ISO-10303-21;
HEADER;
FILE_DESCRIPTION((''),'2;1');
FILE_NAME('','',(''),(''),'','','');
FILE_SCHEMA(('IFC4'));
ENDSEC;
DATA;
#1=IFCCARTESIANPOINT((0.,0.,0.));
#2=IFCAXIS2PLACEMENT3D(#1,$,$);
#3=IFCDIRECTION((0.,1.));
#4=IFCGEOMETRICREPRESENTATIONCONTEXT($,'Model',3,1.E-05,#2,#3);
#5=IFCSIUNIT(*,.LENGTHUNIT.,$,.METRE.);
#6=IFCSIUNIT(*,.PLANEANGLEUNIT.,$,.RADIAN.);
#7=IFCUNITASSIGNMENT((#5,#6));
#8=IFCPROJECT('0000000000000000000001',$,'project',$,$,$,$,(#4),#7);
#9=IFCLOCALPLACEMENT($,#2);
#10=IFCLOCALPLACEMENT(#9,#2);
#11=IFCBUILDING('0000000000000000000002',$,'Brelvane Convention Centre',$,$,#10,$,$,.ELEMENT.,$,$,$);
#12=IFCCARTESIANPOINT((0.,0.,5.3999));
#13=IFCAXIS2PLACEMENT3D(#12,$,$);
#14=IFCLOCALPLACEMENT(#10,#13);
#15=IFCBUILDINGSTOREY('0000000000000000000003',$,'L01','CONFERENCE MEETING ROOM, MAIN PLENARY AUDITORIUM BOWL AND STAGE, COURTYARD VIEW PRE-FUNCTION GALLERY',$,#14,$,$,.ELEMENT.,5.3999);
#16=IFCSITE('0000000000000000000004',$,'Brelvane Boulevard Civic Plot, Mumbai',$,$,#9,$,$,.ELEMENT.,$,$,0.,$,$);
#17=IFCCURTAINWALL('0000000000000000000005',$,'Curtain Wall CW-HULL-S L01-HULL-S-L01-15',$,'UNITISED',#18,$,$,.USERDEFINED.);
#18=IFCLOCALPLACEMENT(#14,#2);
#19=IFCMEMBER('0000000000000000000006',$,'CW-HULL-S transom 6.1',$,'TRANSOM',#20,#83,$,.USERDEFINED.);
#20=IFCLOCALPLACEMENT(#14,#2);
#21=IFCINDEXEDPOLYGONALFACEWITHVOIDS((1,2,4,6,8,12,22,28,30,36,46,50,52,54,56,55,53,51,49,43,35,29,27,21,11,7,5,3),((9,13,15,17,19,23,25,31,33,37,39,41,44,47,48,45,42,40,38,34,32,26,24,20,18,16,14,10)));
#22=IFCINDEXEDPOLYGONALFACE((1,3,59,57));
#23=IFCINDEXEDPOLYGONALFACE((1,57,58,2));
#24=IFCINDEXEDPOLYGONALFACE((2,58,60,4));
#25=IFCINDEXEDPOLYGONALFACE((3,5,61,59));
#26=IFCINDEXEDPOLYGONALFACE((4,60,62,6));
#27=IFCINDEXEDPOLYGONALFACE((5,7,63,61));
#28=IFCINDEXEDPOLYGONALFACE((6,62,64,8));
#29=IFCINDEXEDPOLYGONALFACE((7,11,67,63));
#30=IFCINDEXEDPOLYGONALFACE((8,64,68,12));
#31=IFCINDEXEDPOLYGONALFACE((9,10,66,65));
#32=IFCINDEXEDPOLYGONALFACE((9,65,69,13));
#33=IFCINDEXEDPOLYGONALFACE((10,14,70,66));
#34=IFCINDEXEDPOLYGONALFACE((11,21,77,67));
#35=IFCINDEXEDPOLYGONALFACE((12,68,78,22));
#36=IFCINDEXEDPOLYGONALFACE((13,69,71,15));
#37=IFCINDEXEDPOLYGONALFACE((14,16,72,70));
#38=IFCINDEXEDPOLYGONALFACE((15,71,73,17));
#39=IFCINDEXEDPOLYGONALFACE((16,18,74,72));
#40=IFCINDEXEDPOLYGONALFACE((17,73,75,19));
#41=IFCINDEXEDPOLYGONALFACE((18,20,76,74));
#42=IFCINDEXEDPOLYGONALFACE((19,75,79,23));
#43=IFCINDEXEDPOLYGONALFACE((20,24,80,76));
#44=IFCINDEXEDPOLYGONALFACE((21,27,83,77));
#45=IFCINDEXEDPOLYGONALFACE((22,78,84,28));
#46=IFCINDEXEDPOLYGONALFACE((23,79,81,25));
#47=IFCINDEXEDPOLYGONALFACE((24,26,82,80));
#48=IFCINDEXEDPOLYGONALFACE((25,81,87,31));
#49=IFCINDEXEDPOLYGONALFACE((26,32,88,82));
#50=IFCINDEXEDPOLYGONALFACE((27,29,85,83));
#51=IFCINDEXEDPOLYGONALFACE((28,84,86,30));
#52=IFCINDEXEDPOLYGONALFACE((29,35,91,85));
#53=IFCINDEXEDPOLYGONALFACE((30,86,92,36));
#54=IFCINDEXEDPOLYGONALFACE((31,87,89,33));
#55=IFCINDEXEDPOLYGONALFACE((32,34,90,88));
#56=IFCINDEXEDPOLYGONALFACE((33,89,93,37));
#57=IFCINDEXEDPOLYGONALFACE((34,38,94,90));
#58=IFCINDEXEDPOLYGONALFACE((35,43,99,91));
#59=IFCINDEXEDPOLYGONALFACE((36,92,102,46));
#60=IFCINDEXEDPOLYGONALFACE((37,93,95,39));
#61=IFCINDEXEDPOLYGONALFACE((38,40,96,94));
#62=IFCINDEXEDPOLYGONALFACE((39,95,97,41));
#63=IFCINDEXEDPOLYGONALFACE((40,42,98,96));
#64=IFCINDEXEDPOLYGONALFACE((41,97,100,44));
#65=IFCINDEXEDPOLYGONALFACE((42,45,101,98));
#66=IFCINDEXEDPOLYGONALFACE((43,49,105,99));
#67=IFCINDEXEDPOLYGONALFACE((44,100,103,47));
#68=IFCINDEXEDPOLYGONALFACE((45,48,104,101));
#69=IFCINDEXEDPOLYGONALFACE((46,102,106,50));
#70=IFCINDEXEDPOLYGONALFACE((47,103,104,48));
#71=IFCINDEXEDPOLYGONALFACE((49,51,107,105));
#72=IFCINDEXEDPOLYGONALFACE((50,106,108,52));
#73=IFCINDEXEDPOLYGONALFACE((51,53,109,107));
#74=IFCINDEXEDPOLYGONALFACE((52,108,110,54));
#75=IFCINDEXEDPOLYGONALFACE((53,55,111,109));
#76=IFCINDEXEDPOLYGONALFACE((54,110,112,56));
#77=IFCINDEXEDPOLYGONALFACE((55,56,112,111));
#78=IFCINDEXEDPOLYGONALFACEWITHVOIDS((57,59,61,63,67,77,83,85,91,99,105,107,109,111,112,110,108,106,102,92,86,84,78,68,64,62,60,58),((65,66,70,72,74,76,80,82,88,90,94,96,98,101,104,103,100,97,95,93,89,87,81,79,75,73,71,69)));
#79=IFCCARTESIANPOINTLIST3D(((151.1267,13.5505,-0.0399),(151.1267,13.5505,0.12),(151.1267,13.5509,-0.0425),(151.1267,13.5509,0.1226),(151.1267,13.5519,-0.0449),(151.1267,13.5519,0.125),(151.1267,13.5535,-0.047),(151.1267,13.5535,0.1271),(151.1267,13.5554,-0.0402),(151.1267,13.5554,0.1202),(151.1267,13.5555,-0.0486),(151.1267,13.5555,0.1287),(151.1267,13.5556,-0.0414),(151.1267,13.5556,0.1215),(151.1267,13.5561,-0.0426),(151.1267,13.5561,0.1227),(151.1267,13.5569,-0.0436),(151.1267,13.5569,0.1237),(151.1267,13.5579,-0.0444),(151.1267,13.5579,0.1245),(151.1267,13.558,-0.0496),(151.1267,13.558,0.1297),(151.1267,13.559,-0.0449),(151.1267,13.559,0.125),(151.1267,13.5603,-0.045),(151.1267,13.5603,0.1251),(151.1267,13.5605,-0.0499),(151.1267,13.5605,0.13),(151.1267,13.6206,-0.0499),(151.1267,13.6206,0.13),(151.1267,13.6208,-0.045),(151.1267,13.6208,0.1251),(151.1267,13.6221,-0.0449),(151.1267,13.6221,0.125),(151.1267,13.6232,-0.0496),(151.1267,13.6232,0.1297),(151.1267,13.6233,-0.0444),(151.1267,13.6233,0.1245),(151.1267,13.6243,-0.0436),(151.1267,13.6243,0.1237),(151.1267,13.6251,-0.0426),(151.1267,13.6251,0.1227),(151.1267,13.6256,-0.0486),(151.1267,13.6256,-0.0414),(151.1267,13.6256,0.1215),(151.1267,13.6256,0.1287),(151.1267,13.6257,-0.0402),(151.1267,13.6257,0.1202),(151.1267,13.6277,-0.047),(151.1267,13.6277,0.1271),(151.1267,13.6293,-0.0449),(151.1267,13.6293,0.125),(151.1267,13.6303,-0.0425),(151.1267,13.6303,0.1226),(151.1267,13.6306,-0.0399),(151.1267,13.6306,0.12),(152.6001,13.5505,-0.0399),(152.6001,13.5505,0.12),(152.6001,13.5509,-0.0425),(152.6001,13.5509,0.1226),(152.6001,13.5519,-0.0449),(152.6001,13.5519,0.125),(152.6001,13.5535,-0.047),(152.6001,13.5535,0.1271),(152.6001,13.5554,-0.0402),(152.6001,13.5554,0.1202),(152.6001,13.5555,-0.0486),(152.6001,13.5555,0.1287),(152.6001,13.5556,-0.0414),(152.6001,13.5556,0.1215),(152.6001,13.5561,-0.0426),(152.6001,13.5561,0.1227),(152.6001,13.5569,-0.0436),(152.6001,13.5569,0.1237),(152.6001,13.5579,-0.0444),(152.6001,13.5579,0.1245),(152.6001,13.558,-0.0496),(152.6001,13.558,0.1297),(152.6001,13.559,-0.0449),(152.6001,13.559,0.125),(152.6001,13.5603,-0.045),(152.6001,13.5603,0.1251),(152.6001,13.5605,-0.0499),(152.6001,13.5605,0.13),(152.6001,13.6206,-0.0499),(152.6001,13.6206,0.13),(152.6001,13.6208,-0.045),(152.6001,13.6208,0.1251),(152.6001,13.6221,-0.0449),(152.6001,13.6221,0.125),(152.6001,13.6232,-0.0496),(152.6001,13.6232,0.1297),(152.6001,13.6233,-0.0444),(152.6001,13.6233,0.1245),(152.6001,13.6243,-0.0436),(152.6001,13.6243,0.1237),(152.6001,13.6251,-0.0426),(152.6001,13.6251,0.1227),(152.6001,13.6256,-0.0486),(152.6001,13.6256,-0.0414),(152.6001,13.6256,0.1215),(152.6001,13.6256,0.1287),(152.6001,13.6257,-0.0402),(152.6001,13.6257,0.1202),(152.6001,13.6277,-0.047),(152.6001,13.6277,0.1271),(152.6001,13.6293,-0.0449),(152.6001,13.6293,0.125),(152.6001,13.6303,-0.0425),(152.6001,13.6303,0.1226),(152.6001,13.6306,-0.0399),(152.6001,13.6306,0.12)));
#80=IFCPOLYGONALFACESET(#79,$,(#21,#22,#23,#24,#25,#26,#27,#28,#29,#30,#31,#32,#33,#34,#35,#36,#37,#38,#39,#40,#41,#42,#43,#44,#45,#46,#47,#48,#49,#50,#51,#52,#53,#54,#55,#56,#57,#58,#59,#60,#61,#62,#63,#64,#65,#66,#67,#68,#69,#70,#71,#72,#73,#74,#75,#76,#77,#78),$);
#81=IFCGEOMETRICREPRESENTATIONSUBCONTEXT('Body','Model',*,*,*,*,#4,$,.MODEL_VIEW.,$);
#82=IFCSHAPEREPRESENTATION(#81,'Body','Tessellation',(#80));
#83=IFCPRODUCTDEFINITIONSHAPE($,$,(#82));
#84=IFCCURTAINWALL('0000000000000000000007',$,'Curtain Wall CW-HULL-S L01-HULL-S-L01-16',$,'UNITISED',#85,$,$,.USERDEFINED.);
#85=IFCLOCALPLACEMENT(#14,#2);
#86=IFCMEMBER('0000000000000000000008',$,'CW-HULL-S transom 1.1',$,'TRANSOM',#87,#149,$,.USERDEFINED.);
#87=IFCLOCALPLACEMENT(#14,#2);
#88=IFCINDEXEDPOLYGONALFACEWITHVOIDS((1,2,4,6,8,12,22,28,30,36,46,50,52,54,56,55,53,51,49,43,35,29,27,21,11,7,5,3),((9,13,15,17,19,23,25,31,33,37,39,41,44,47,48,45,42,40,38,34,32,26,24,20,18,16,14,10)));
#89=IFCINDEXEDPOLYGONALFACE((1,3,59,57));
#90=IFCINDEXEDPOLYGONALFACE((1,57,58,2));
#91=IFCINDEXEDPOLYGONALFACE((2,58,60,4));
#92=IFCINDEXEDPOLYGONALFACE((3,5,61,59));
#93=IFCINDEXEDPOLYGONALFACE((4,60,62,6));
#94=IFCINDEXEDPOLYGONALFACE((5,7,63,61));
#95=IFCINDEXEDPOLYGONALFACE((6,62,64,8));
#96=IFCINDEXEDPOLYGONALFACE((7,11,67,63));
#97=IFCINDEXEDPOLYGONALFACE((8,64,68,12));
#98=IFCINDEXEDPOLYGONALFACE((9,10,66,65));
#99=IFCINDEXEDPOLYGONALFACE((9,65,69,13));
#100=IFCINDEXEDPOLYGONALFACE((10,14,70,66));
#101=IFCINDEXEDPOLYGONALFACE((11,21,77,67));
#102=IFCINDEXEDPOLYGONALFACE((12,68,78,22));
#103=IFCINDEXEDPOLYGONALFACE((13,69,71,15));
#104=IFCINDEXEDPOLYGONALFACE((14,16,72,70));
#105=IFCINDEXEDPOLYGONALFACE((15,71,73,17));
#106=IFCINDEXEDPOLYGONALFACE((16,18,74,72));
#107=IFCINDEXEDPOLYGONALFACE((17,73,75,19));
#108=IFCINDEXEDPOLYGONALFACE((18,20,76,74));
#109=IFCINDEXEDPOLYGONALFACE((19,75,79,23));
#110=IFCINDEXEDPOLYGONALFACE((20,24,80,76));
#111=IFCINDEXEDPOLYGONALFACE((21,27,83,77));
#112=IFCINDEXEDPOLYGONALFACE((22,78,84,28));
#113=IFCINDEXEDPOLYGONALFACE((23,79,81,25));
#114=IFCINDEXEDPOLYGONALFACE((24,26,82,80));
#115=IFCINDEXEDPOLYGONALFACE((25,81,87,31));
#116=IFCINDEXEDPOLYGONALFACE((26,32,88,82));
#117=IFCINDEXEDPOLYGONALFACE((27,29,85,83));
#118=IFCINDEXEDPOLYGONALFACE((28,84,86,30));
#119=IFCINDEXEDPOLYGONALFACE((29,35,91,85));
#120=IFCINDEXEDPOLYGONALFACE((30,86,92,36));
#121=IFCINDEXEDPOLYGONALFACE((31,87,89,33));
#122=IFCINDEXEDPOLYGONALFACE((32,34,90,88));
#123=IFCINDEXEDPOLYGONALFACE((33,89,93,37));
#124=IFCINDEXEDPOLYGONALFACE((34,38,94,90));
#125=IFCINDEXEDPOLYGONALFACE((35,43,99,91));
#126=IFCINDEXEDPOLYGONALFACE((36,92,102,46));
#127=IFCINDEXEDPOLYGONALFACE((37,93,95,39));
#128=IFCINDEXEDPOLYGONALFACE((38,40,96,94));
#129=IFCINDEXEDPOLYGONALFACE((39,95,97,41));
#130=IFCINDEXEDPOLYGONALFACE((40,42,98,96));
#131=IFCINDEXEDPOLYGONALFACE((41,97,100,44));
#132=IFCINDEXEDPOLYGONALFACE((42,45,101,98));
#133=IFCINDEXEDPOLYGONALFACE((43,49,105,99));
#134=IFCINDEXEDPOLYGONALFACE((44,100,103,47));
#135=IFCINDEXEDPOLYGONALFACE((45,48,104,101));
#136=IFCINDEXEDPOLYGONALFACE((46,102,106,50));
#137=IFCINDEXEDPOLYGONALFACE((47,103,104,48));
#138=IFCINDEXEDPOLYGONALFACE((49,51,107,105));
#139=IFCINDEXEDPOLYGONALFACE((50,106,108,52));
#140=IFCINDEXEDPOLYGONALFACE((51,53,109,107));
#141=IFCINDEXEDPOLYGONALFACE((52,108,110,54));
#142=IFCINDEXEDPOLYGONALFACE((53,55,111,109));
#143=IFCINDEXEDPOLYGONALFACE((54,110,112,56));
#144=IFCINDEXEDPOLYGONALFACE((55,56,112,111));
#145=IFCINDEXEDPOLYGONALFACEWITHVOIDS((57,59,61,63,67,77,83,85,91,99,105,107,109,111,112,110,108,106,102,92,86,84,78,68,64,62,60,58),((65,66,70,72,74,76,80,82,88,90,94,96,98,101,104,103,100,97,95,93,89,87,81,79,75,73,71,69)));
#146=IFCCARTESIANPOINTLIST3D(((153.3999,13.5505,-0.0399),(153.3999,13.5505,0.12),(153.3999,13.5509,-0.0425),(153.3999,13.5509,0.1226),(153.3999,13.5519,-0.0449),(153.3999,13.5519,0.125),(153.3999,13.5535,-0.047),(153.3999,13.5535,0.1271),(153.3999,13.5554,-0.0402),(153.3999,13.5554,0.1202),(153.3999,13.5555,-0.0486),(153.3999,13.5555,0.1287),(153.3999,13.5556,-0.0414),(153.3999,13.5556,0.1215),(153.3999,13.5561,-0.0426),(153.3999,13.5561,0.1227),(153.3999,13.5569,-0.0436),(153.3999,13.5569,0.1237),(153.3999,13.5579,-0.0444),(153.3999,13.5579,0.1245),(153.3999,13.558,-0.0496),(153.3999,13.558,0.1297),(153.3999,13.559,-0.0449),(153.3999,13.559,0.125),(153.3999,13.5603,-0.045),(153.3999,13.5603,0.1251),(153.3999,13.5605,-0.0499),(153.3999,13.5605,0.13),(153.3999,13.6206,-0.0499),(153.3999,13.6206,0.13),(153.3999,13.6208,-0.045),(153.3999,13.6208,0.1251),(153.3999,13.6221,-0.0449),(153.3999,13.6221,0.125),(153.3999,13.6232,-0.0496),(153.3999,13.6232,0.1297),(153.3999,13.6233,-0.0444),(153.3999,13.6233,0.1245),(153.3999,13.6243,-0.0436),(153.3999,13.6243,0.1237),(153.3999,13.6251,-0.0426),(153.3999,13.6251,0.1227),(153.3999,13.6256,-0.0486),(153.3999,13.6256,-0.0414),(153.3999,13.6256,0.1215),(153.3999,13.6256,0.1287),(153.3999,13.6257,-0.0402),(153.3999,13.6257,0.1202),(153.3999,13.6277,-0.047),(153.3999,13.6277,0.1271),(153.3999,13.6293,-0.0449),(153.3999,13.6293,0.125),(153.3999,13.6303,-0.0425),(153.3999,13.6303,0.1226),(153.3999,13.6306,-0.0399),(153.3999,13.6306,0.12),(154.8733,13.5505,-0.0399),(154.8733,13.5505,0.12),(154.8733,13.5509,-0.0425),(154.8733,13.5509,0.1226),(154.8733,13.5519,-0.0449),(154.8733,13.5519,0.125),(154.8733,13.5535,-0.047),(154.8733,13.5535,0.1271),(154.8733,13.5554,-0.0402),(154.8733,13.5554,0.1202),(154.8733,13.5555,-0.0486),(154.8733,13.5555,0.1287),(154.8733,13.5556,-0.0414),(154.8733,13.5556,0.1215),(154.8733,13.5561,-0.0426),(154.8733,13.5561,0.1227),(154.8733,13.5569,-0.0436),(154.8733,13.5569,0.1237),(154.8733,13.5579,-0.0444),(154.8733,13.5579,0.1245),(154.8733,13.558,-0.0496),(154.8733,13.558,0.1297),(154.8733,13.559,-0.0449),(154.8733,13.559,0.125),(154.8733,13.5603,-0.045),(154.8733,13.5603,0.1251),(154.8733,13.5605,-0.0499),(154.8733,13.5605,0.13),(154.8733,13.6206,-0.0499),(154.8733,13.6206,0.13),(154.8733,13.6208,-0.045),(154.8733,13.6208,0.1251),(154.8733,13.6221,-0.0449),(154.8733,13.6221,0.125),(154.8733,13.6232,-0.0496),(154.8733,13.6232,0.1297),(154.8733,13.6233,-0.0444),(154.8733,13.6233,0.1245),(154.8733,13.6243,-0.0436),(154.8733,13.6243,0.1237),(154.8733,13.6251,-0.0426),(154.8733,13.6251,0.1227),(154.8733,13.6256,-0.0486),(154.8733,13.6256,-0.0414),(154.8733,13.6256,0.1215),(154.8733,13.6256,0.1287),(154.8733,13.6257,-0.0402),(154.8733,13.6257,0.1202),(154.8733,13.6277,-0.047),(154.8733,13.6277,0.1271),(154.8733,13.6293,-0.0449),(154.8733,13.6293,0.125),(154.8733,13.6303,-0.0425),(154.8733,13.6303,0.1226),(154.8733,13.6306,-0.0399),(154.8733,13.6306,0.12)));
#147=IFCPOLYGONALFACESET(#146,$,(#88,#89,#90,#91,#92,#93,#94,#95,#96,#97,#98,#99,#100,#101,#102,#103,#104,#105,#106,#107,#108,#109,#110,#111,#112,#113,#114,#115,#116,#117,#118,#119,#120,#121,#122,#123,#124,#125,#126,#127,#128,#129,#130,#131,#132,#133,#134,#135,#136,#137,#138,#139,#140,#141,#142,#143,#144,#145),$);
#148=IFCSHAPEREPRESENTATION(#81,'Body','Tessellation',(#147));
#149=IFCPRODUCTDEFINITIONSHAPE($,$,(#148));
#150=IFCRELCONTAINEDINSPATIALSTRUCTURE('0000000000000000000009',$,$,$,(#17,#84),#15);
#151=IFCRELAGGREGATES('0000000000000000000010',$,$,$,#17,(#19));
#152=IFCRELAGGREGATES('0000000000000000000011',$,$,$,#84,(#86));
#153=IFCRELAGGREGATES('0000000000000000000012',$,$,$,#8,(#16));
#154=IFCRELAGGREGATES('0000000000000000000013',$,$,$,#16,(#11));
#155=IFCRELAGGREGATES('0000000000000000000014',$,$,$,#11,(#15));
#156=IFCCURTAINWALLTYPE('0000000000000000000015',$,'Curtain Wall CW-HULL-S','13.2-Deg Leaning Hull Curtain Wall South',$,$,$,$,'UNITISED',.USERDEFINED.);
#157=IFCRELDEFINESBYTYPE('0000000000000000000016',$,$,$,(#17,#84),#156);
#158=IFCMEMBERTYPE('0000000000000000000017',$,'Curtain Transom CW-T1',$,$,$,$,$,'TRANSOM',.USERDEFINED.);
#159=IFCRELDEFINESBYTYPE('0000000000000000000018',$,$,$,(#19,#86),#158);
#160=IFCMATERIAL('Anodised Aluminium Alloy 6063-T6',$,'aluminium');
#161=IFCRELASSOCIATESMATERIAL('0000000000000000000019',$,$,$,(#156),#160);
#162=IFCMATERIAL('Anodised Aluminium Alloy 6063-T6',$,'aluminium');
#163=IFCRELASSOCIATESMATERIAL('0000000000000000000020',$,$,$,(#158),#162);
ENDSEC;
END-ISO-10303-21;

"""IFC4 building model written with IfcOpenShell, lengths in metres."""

from ifc_helpers import new_model, si_unit, direction, frame, origin, origin_2d, place, context, subcontext, project, spatial, hollow_rectangle, extrude, material, material_profile, profile_set, type_object, element, aggregate, save


model = new_model("IFC4")

# Units and contexts
model_context = context("Model", 3, precision=1e-05, world=origin(), true_north=direction((0.0, 1.0)))
body_context = subcontext(model_context, "Body", "Model", "MODEL_VIEW")
ifc_project = project(units=[si_unit("LENGTHUNIT", "METRE"), si_unit("PLANEANGLEUNIT", "RADIAN")], contexts=[model_context])

# Site, building, storey
site_placement = place(None, origin())
site = spatial("IfcSite", under=ifc_project, at=site_placement, Name="Brelvane Boulevard Civic Plot, Mumbai", CompositionType="ELEMENT", RefElevation=0.0)
building_placement = place(site_placement, origin())
building = spatial("IfcBuilding", under=site, at=building_placement, Name="Brelvane Convention Centre", CompositionType="ELEMENT")
storey_placement = place(building_placement, frame((0.0, 0.0, 5.3999)))
storey = spatial("IfcBuildingStorey", under=building, at=storey_placement, Name="L01", Description="CONFERENCE MEETING ROOM, MAIN PLENARY AUDITORIUM BOWL AND STAGE, COURTYARD VIEW PRE-FUNCTION GALLERY", CompositionType="ELEMENT", Elevation=5.3999)

# Curtain wall, member
ifc_material_1 = material(Name="Anodised Aluminium Alloy 6063-T6", Category="aluminium")
curtain_wall_type = type_object("IfcCurtainWallType", Name="Curtain Wall CW-HULL-S", Description="13.2-Deg Leaning Hull Curtain Wall South", ElementType="UNITISED", PredefinedType="USERDEFINED", material=ifc_material_1)
curtain_wall_1_placement = place(storey_placement, origin())
curtain_wall_1 = element("IfcCurtainWall", 1, at=curtain_wall_1_placement, inside=storey, type_object=curtain_wall_type, Name="Curtain Wall CW-HULL-S L01-HULL-S-L01-15", ObjectType="UNITISED", PredefinedType="USERDEFINED")
ifc_material_2 = material(Name="Anodised Aluminium Alloy 6063-T6", Category="aluminium")
ifc_material_profile = material_profile(ifc_material_2, hollow_rectangle(XDim=0.0801, YDim=0.1799, WallThickness=0.0049, InnerFilletRadius=0.0049, OuterFilletRadius=0.01, at=origin_2d()), Name="ALU-T 180x80x5.0")
ifc_profile_set = profile_set([ifc_material_profile], Name="Anodised Aluminium Alloy 6063-T6")
member_type = type_object("IfcMemberType", Name="Curtain Transom CW-T1", ElementType="TRANSOM", PredefinedType="USERDEFINED", material=ifc_profile_set)
member_1_placement = place(storey_placement, frame((151.1267, 13.5906, 0.04), z_axis=(1.0, 0.0, 0.0), x_axis=(0.0, 1.0, 0.0)))
member_1 = element("IfcMember", 2, at=member_1_placement, type_object=member_type, Name="CW-HULL-S transom 6.1", ObjectType="TRANSOM", PredefinedType="USERDEFINED", context=body_context, shape_type="SweptSolid", body=[
    extrude(hollow_rectangle(XDim=0.0801, YDim=0.1799, WallThickness=0.0049, InnerFilletRadius=0.0049, OuterFilletRadius=0.01, at=origin_2d()), origin(), (0.0, 0.0, 1.0), 1.4734),
])

# Curtain wall, member
curtain_wall_2_placement = place(storey_placement, origin())
curtain_wall_2 = element("IfcCurtainWall", 3, at=curtain_wall_2_placement, inside=storey, type_object=curtain_wall_type, Name="Curtain Wall CW-HULL-S L01-HULL-S-L01-16", ObjectType="UNITISED", PredefinedType="USERDEFINED")
member_2_placement = place(storey_placement, frame((153.3999, 13.5906, 0.04), z_axis=(1.0, 0.0, 0.0), x_axis=(0.0, 1.0, 0.0)))
member_2 = element("IfcMember", 4, at=member_2_placement, type_object=member_type, Name="CW-HULL-S transom 1.1", ObjectType="TRANSOM", PredefinedType="USERDEFINED", context=body_context, shape_type="SweptSolid", body=[
    extrude(hollow_rectangle(XDim=0.0801, YDim=0.1799, WallThickness=0.0049, InnerFilletRadius=0.0049, OuterFilletRadius=0.01, at=origin_2d()), origin(), (0.0, 0.0, 1.0), 1.4734),
])

aggregate(curtain_wall_1, [member_1])
aggregate(curtain_wall_2, [member_2])

save(model, "model.ifc")
